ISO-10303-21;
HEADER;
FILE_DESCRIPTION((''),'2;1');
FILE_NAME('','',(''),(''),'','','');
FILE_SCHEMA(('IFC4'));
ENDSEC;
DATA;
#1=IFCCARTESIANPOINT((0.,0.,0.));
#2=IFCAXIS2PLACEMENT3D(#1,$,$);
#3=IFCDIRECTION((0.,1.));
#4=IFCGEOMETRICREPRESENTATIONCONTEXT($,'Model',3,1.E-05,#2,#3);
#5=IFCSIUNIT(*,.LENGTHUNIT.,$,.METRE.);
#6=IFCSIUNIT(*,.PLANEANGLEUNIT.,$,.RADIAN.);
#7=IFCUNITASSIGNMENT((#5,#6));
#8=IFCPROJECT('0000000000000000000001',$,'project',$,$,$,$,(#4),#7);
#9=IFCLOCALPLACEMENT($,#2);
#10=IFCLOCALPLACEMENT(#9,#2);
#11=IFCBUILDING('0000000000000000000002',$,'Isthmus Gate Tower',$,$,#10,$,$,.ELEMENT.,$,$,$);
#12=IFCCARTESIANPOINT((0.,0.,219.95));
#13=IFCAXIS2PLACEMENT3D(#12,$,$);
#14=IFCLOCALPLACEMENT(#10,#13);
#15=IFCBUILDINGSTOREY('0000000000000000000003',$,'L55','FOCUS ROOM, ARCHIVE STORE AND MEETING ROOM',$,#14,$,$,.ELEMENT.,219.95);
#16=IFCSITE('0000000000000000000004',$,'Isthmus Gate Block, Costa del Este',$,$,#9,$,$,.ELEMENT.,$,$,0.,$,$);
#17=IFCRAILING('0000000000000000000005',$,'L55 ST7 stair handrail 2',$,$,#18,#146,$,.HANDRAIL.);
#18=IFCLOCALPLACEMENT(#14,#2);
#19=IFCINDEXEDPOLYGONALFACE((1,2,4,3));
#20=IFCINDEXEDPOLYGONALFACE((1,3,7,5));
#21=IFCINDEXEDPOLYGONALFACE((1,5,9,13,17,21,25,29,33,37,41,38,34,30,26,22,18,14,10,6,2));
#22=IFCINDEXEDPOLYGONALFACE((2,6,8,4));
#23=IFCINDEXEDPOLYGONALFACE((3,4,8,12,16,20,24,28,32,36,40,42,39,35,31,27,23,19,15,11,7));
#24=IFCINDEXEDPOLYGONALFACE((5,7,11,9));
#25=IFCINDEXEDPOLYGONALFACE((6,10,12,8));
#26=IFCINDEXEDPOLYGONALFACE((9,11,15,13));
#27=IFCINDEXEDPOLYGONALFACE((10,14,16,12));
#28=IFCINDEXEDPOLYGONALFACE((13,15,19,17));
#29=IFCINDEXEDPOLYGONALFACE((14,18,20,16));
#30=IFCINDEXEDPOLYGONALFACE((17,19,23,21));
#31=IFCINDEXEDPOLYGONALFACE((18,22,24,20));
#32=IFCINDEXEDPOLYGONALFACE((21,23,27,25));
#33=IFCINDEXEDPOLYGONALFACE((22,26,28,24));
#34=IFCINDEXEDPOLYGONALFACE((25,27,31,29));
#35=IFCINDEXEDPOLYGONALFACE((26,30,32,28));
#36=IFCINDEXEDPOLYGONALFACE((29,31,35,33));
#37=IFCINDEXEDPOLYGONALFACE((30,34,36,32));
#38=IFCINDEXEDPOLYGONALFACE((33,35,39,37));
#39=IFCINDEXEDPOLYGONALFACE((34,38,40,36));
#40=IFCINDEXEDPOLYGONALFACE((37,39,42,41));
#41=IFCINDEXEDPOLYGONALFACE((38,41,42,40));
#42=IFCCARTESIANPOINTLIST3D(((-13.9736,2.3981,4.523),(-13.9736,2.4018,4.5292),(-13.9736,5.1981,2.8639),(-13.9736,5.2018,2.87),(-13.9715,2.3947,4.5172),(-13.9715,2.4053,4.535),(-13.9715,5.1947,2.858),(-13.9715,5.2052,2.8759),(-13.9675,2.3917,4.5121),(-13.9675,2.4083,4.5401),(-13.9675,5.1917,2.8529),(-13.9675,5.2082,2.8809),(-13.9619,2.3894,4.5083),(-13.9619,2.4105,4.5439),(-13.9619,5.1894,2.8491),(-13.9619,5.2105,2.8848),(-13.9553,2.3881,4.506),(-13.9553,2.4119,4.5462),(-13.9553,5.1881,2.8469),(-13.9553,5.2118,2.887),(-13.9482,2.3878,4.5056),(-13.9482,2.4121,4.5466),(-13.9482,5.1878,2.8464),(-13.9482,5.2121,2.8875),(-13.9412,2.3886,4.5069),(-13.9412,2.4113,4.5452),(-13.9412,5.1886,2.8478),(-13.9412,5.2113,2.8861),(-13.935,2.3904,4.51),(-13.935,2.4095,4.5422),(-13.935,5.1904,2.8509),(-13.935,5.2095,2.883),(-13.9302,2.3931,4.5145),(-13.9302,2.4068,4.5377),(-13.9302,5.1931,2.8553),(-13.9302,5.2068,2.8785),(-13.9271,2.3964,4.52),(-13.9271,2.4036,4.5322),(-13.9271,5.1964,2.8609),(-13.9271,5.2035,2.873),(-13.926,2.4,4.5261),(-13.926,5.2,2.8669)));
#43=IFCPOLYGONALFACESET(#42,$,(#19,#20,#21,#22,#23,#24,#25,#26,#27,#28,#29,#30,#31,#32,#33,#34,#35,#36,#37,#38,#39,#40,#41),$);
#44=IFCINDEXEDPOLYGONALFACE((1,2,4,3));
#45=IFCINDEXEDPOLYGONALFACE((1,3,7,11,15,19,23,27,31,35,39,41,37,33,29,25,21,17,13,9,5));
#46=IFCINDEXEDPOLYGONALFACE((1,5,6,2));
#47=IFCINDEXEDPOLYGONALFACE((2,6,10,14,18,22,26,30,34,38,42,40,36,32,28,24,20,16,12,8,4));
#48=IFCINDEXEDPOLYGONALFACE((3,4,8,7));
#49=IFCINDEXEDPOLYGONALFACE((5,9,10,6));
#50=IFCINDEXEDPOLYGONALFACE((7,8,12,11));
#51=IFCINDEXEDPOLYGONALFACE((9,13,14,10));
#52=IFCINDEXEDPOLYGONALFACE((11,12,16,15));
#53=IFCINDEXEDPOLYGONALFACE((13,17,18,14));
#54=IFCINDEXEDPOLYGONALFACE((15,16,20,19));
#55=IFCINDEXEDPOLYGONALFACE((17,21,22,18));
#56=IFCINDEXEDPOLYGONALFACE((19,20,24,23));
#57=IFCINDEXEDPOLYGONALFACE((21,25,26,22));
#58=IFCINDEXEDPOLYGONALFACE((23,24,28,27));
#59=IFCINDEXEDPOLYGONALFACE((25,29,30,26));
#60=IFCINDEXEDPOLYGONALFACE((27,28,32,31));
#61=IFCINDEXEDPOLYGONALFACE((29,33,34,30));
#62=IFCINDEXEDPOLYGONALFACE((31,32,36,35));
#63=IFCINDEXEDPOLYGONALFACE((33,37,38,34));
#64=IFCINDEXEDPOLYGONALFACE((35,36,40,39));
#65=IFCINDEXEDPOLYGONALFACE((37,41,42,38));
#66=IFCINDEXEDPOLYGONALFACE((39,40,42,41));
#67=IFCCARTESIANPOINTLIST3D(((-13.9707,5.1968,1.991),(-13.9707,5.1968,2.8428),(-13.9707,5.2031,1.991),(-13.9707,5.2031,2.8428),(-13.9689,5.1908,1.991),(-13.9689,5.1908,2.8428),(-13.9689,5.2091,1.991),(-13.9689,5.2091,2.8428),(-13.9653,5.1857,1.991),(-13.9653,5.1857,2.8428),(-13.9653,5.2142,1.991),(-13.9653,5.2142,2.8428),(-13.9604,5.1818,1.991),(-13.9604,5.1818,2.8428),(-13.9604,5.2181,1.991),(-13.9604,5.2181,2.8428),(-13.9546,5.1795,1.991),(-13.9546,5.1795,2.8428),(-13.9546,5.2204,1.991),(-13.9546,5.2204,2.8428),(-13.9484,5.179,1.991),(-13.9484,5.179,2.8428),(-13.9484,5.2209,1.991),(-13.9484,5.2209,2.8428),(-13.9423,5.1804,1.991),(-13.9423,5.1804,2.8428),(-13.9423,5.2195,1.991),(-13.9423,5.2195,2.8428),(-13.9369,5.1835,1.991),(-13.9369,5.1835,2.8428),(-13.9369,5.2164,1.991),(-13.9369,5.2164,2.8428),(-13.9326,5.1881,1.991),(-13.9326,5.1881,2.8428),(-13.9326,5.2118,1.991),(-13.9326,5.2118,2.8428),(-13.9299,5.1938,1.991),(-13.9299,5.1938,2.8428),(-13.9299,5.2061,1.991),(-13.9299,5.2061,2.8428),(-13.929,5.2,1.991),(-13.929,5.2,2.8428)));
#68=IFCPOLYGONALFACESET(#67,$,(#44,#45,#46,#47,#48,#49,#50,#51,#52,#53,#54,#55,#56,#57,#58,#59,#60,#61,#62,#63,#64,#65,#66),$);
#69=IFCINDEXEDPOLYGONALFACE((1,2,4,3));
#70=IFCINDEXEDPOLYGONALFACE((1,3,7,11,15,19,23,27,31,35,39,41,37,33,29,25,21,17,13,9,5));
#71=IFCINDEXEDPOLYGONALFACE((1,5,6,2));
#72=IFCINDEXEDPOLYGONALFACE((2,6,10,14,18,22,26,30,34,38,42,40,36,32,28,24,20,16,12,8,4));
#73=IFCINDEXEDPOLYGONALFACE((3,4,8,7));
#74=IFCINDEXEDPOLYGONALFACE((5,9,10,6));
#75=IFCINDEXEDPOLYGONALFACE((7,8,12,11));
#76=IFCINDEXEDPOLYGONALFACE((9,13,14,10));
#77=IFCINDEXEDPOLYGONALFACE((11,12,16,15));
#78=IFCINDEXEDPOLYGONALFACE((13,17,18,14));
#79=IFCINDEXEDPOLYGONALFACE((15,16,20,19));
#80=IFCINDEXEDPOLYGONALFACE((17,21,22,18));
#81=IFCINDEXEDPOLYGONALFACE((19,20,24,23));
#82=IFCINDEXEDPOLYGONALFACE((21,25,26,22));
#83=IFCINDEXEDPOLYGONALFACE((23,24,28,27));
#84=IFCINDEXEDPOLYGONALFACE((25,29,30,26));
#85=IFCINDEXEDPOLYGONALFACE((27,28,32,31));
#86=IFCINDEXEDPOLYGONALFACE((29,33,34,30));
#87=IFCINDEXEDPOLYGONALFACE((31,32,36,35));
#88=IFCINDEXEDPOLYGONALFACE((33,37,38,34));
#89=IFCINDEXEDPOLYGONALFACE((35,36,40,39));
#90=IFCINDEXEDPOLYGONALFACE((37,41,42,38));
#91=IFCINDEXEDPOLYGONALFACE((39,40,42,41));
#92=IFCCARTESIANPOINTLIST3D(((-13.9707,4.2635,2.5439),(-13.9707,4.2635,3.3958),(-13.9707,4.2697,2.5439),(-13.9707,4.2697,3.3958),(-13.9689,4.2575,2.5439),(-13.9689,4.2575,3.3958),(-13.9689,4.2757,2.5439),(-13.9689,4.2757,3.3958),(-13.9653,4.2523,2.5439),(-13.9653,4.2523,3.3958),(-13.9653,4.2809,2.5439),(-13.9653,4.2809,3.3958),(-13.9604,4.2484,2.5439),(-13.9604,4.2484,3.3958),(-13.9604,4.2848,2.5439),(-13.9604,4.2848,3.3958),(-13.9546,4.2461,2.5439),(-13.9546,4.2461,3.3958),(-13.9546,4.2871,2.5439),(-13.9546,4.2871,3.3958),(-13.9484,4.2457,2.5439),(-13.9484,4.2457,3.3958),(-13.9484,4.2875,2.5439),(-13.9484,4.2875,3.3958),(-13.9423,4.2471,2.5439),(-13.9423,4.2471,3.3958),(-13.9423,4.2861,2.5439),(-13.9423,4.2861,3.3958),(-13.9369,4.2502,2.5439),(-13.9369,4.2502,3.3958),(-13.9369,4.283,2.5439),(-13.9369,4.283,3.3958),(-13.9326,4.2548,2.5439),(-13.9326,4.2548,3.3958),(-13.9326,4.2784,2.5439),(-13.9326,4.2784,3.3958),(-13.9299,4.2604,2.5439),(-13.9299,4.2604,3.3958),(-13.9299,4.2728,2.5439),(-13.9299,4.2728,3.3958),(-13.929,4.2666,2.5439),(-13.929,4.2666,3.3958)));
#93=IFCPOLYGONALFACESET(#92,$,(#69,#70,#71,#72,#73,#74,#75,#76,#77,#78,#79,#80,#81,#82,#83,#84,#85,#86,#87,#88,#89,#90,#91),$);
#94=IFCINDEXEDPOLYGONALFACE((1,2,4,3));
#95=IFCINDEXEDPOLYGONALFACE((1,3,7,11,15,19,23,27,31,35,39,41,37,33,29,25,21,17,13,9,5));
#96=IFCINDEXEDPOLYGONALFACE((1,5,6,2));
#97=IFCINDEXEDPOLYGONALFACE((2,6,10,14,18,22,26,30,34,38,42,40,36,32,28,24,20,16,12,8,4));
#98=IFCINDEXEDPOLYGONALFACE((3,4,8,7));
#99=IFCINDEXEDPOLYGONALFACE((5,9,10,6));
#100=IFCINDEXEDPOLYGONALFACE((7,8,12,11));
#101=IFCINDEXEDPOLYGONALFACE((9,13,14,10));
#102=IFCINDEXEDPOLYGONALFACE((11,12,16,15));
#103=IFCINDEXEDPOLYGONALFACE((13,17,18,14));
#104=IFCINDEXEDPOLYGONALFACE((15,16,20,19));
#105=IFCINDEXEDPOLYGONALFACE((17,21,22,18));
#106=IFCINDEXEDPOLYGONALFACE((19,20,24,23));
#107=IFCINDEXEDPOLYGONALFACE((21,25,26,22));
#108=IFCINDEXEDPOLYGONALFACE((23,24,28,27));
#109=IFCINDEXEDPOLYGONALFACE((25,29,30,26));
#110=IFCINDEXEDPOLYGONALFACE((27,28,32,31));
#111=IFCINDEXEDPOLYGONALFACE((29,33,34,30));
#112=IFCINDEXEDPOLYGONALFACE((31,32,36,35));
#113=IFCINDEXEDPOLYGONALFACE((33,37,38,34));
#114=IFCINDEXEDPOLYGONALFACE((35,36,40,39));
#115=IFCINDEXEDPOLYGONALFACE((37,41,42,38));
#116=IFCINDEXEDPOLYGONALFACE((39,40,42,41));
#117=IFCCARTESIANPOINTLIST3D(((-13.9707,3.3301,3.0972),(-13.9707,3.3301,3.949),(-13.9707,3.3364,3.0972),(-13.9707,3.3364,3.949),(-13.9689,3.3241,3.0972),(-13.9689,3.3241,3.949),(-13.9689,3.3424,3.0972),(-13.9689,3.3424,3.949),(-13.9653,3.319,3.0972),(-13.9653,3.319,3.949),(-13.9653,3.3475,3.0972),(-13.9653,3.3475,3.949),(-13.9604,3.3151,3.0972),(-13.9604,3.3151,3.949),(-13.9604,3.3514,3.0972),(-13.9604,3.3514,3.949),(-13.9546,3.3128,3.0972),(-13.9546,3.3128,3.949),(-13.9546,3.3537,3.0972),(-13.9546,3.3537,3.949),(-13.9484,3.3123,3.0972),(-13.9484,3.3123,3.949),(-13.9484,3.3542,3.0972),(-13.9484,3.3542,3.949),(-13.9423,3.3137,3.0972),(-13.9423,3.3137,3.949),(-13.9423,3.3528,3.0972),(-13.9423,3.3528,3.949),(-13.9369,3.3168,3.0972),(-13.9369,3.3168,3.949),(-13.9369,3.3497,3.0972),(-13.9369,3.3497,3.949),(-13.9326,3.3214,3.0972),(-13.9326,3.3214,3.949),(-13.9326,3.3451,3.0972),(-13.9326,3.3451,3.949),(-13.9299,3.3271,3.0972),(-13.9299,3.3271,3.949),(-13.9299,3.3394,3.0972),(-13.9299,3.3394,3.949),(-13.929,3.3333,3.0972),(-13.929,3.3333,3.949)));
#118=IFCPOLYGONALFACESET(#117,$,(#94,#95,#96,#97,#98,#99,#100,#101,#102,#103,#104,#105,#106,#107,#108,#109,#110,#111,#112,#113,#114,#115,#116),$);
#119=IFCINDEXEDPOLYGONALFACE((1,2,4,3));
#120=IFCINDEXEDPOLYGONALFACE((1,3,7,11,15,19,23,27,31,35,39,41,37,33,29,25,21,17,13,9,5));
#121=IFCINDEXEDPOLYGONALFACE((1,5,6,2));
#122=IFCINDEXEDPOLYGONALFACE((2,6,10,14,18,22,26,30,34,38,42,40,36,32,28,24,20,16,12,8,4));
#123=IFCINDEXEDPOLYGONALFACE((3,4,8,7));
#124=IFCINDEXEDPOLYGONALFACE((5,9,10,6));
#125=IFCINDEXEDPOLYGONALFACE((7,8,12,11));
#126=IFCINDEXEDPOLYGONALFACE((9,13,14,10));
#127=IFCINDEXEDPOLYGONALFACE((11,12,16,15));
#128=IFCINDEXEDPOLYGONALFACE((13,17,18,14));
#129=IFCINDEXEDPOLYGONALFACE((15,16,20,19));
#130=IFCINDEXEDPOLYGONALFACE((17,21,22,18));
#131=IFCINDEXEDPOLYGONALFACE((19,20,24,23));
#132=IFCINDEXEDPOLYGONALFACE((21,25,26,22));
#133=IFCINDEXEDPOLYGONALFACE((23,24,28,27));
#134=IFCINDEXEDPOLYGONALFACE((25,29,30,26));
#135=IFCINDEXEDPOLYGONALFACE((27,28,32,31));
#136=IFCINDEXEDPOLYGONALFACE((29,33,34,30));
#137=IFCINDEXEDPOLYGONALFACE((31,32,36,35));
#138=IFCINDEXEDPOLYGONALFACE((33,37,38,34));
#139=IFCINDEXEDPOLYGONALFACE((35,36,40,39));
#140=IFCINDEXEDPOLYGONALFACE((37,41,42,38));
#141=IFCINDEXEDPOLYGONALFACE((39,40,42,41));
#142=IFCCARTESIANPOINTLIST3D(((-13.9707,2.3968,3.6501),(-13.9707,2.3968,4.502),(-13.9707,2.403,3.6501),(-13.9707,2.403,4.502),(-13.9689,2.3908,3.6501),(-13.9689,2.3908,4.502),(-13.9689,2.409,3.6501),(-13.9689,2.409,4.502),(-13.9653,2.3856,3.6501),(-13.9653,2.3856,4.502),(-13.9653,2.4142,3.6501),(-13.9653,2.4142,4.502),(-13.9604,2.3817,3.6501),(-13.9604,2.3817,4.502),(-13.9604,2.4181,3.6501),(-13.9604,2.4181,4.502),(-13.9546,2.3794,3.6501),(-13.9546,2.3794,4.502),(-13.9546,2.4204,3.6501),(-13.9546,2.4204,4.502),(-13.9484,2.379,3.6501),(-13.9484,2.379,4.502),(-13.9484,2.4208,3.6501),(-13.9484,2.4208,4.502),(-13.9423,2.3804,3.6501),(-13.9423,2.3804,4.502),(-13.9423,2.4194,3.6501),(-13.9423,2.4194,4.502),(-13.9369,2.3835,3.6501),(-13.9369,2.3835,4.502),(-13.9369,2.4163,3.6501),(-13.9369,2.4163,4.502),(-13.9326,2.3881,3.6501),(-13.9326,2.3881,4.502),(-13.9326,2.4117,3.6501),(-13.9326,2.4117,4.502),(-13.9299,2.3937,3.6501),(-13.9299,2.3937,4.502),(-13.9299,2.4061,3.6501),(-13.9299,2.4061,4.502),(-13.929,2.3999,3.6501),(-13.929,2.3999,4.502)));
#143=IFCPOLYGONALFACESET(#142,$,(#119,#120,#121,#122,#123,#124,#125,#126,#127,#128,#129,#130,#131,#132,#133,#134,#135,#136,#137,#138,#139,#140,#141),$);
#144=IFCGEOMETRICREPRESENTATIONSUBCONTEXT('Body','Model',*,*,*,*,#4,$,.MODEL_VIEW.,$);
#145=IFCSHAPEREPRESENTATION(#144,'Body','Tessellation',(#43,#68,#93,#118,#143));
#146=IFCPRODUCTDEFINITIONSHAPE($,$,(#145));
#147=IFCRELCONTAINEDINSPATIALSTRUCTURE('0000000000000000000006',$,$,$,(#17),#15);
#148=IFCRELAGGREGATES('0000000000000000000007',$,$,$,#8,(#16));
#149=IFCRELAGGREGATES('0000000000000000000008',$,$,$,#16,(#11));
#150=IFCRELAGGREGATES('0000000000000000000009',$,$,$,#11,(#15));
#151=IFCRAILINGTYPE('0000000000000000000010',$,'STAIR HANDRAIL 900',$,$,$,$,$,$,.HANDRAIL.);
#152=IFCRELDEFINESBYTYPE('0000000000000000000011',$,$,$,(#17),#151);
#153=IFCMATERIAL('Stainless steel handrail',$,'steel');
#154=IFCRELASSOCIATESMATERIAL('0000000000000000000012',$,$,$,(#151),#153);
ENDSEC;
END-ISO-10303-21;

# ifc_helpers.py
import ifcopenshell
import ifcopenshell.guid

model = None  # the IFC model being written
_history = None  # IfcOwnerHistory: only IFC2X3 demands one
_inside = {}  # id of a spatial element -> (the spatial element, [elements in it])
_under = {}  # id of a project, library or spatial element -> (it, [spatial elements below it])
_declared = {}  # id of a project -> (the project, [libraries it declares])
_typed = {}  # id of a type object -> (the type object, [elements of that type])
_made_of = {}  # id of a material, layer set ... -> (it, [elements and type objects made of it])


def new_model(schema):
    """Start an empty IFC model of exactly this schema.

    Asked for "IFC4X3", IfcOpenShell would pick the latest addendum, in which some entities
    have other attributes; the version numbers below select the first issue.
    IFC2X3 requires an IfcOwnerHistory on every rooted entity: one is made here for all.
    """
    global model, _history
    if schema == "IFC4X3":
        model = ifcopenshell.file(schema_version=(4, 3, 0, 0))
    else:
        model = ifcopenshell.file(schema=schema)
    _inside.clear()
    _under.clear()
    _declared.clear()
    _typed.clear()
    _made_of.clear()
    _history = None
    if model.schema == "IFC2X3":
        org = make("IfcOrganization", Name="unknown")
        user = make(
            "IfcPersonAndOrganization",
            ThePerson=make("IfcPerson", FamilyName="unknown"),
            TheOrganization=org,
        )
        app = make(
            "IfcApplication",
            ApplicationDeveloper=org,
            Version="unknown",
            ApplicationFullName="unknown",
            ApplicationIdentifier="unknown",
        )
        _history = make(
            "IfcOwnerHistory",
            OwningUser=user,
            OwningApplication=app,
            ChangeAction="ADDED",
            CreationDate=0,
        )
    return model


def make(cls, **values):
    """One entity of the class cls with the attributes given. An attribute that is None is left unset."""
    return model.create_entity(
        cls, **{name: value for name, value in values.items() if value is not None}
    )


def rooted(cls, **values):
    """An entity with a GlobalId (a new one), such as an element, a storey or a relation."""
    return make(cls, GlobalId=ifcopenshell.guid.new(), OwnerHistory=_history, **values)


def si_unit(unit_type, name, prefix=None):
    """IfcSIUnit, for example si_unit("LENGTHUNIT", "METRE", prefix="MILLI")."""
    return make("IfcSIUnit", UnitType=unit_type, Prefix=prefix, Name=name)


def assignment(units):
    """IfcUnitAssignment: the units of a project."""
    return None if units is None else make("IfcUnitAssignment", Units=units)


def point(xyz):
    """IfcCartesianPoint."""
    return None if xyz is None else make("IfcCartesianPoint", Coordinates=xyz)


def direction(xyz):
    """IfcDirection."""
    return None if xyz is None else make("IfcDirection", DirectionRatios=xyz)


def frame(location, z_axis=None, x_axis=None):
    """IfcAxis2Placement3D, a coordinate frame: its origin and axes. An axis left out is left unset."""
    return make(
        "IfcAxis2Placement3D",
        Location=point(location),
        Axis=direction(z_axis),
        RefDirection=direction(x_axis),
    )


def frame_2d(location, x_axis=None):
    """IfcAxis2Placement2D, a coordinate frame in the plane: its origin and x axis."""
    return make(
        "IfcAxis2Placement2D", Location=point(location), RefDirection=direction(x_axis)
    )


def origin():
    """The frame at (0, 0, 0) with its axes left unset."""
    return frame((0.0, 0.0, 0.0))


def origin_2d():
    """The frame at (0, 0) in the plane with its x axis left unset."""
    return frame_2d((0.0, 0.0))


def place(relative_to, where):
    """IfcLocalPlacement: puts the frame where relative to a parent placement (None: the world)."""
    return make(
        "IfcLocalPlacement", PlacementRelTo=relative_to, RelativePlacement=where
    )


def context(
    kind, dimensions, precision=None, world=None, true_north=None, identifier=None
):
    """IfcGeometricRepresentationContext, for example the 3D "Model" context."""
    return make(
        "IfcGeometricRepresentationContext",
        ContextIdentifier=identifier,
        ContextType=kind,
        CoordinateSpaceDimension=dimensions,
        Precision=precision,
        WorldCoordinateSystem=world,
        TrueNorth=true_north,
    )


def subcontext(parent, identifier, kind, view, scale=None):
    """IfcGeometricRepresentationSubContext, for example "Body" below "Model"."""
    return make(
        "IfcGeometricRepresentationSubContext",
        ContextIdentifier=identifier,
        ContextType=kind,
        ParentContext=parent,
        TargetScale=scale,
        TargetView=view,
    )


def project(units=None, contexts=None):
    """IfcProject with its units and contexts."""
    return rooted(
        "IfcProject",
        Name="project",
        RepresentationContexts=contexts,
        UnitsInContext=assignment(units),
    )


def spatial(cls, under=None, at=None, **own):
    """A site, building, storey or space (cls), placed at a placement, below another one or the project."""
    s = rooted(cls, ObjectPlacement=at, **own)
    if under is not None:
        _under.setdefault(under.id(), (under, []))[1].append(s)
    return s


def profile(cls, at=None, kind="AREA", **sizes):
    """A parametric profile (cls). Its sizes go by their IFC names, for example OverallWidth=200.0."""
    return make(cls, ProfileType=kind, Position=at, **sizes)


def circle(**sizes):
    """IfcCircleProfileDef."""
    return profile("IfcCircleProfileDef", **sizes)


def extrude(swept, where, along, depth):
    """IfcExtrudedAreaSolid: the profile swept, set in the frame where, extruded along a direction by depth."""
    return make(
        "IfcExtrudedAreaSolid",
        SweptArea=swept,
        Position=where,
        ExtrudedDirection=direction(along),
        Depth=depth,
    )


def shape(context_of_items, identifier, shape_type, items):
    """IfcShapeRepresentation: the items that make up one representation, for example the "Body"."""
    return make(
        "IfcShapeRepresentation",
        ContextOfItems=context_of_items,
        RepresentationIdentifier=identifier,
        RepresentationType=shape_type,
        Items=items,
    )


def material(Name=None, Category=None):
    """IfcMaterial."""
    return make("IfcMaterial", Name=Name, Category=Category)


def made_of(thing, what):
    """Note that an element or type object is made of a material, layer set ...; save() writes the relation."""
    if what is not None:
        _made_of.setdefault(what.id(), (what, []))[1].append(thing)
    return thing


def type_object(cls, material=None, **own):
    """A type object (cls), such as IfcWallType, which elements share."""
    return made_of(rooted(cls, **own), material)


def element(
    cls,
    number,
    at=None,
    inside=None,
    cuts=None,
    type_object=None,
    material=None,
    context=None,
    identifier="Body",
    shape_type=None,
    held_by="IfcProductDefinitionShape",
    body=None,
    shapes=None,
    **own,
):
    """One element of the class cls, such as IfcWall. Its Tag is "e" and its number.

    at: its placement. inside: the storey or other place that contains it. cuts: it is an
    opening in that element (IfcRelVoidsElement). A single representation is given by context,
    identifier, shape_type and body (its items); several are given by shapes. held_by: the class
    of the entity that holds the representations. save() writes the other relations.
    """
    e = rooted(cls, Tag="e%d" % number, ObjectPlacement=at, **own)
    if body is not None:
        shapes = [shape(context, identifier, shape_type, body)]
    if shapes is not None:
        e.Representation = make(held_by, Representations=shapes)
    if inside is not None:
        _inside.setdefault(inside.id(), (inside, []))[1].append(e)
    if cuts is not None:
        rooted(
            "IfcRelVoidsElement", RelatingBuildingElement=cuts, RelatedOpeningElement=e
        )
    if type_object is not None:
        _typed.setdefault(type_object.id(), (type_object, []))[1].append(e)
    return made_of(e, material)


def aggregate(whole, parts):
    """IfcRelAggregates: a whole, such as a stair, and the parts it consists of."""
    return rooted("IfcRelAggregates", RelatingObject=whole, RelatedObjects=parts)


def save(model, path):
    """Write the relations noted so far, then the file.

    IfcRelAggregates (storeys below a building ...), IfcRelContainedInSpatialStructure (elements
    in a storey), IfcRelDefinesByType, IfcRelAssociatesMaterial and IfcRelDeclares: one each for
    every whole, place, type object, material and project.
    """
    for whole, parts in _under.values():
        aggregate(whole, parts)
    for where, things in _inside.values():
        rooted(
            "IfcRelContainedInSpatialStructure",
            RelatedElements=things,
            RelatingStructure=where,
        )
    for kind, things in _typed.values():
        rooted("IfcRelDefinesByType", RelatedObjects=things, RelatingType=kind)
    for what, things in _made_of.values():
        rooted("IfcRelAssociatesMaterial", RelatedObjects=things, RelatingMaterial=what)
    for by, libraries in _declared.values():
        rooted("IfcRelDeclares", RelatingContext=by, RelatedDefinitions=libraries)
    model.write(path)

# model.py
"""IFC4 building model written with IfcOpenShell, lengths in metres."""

from ifc_helpers import new_model, si_unit, direction, frame, origin, origin_2d, place, context, subcontext, project, spatial, circle, extrude, material, type_object, element, save


model = new_model("IFC4")

# Units and contexts
model_context = context("Model", 3, precision=1e-05, world=origin(), true_north=direction((0.0, 1.0)))
body_context = subcontext(model_context, "Body", "Model", "MODEL_VIEW")
ifc_project = project(units=[si_unit("LENGTHUNIT", "METRE"), si_unit("PLANEANGLEUNIT", "RADIAN")], contexts=[model_context])

# Site, building, storey
site_placement = place(None, origin())
site = spatial("IfcSite", under=ifc_project, at=site_placement, Name="Isthmus Gate Block, Costa del Este", CompositionType="ELEMENT", RefElevation=0.0)
building_placement = place(site_placement, origin())
building = spatial("IfcBuilding", under=site, at=building_placement, Name="Isthmus Gate Tower", CompositionType="ELEMENT")
storey_placement = place(building_placement, frame((0.0, 0.0, 219.95)))
storey = spatial("IfcBuildingStorey", under=building, at=storey_placement, Name="L55", Description="FOCUS ROOM, ARCHIVE STORE AND MEETING ROOM", CompositionType="ELEMENT", Elevation=219.95)

# Railing
ifc_material_1 = material(Name="Stainless steel handrail", Category="steel")
railing_type_1 = type_object("IfcRailingType", Name="STAIR HANDRAIL 900", PredefinedType="HANDRAIL", material=ifc_material_1)
railing_1_placement = place(storey_placement, frame((-13.95, 5.2, 1.991)))
element("IfcRailing", 1, at=railing_1_placement, inside=storey, type_object=railing_type_1, Name="L55 ST7 stair handrail 2", PredefinedType="HANDRAIL", context=body_context, shape_type="SweptSolid", body=[
    extrude(circle(Radius=0.0239, at=origin_2d()), frame((0.0, 0.0, 0.876), z_axis=(0.0, -0.860306, 0.509778), x_axis=(1.0, 0.0, 0.0)), (0.0, 0.0, 1.0), 3.2546),
    extrude(circle(Radius=0.021, at=origin_2d()), origin(), (0.0, 0.0, 1.0), 0.8518),
    extrude(circle(Radius=0.021, at=origin_2d()), frame((0.0, -0.9333, 0.553)), (0.0, 0.0, 1.0), 0.8518),
    extrude(circle(Radius=0.021, at=origin_2d()), frame((0.0, -1.8667, 1.1062)), (0.0, 0.0, 1.0), 0.8518),
    extrude(circle(Radius=0.021, at=origin_2d()), frame((0.0, -2.8, 1.6592)), (0.0, 0.0, 1.0), 0.8518),
])

save(model, "model.ifc")
